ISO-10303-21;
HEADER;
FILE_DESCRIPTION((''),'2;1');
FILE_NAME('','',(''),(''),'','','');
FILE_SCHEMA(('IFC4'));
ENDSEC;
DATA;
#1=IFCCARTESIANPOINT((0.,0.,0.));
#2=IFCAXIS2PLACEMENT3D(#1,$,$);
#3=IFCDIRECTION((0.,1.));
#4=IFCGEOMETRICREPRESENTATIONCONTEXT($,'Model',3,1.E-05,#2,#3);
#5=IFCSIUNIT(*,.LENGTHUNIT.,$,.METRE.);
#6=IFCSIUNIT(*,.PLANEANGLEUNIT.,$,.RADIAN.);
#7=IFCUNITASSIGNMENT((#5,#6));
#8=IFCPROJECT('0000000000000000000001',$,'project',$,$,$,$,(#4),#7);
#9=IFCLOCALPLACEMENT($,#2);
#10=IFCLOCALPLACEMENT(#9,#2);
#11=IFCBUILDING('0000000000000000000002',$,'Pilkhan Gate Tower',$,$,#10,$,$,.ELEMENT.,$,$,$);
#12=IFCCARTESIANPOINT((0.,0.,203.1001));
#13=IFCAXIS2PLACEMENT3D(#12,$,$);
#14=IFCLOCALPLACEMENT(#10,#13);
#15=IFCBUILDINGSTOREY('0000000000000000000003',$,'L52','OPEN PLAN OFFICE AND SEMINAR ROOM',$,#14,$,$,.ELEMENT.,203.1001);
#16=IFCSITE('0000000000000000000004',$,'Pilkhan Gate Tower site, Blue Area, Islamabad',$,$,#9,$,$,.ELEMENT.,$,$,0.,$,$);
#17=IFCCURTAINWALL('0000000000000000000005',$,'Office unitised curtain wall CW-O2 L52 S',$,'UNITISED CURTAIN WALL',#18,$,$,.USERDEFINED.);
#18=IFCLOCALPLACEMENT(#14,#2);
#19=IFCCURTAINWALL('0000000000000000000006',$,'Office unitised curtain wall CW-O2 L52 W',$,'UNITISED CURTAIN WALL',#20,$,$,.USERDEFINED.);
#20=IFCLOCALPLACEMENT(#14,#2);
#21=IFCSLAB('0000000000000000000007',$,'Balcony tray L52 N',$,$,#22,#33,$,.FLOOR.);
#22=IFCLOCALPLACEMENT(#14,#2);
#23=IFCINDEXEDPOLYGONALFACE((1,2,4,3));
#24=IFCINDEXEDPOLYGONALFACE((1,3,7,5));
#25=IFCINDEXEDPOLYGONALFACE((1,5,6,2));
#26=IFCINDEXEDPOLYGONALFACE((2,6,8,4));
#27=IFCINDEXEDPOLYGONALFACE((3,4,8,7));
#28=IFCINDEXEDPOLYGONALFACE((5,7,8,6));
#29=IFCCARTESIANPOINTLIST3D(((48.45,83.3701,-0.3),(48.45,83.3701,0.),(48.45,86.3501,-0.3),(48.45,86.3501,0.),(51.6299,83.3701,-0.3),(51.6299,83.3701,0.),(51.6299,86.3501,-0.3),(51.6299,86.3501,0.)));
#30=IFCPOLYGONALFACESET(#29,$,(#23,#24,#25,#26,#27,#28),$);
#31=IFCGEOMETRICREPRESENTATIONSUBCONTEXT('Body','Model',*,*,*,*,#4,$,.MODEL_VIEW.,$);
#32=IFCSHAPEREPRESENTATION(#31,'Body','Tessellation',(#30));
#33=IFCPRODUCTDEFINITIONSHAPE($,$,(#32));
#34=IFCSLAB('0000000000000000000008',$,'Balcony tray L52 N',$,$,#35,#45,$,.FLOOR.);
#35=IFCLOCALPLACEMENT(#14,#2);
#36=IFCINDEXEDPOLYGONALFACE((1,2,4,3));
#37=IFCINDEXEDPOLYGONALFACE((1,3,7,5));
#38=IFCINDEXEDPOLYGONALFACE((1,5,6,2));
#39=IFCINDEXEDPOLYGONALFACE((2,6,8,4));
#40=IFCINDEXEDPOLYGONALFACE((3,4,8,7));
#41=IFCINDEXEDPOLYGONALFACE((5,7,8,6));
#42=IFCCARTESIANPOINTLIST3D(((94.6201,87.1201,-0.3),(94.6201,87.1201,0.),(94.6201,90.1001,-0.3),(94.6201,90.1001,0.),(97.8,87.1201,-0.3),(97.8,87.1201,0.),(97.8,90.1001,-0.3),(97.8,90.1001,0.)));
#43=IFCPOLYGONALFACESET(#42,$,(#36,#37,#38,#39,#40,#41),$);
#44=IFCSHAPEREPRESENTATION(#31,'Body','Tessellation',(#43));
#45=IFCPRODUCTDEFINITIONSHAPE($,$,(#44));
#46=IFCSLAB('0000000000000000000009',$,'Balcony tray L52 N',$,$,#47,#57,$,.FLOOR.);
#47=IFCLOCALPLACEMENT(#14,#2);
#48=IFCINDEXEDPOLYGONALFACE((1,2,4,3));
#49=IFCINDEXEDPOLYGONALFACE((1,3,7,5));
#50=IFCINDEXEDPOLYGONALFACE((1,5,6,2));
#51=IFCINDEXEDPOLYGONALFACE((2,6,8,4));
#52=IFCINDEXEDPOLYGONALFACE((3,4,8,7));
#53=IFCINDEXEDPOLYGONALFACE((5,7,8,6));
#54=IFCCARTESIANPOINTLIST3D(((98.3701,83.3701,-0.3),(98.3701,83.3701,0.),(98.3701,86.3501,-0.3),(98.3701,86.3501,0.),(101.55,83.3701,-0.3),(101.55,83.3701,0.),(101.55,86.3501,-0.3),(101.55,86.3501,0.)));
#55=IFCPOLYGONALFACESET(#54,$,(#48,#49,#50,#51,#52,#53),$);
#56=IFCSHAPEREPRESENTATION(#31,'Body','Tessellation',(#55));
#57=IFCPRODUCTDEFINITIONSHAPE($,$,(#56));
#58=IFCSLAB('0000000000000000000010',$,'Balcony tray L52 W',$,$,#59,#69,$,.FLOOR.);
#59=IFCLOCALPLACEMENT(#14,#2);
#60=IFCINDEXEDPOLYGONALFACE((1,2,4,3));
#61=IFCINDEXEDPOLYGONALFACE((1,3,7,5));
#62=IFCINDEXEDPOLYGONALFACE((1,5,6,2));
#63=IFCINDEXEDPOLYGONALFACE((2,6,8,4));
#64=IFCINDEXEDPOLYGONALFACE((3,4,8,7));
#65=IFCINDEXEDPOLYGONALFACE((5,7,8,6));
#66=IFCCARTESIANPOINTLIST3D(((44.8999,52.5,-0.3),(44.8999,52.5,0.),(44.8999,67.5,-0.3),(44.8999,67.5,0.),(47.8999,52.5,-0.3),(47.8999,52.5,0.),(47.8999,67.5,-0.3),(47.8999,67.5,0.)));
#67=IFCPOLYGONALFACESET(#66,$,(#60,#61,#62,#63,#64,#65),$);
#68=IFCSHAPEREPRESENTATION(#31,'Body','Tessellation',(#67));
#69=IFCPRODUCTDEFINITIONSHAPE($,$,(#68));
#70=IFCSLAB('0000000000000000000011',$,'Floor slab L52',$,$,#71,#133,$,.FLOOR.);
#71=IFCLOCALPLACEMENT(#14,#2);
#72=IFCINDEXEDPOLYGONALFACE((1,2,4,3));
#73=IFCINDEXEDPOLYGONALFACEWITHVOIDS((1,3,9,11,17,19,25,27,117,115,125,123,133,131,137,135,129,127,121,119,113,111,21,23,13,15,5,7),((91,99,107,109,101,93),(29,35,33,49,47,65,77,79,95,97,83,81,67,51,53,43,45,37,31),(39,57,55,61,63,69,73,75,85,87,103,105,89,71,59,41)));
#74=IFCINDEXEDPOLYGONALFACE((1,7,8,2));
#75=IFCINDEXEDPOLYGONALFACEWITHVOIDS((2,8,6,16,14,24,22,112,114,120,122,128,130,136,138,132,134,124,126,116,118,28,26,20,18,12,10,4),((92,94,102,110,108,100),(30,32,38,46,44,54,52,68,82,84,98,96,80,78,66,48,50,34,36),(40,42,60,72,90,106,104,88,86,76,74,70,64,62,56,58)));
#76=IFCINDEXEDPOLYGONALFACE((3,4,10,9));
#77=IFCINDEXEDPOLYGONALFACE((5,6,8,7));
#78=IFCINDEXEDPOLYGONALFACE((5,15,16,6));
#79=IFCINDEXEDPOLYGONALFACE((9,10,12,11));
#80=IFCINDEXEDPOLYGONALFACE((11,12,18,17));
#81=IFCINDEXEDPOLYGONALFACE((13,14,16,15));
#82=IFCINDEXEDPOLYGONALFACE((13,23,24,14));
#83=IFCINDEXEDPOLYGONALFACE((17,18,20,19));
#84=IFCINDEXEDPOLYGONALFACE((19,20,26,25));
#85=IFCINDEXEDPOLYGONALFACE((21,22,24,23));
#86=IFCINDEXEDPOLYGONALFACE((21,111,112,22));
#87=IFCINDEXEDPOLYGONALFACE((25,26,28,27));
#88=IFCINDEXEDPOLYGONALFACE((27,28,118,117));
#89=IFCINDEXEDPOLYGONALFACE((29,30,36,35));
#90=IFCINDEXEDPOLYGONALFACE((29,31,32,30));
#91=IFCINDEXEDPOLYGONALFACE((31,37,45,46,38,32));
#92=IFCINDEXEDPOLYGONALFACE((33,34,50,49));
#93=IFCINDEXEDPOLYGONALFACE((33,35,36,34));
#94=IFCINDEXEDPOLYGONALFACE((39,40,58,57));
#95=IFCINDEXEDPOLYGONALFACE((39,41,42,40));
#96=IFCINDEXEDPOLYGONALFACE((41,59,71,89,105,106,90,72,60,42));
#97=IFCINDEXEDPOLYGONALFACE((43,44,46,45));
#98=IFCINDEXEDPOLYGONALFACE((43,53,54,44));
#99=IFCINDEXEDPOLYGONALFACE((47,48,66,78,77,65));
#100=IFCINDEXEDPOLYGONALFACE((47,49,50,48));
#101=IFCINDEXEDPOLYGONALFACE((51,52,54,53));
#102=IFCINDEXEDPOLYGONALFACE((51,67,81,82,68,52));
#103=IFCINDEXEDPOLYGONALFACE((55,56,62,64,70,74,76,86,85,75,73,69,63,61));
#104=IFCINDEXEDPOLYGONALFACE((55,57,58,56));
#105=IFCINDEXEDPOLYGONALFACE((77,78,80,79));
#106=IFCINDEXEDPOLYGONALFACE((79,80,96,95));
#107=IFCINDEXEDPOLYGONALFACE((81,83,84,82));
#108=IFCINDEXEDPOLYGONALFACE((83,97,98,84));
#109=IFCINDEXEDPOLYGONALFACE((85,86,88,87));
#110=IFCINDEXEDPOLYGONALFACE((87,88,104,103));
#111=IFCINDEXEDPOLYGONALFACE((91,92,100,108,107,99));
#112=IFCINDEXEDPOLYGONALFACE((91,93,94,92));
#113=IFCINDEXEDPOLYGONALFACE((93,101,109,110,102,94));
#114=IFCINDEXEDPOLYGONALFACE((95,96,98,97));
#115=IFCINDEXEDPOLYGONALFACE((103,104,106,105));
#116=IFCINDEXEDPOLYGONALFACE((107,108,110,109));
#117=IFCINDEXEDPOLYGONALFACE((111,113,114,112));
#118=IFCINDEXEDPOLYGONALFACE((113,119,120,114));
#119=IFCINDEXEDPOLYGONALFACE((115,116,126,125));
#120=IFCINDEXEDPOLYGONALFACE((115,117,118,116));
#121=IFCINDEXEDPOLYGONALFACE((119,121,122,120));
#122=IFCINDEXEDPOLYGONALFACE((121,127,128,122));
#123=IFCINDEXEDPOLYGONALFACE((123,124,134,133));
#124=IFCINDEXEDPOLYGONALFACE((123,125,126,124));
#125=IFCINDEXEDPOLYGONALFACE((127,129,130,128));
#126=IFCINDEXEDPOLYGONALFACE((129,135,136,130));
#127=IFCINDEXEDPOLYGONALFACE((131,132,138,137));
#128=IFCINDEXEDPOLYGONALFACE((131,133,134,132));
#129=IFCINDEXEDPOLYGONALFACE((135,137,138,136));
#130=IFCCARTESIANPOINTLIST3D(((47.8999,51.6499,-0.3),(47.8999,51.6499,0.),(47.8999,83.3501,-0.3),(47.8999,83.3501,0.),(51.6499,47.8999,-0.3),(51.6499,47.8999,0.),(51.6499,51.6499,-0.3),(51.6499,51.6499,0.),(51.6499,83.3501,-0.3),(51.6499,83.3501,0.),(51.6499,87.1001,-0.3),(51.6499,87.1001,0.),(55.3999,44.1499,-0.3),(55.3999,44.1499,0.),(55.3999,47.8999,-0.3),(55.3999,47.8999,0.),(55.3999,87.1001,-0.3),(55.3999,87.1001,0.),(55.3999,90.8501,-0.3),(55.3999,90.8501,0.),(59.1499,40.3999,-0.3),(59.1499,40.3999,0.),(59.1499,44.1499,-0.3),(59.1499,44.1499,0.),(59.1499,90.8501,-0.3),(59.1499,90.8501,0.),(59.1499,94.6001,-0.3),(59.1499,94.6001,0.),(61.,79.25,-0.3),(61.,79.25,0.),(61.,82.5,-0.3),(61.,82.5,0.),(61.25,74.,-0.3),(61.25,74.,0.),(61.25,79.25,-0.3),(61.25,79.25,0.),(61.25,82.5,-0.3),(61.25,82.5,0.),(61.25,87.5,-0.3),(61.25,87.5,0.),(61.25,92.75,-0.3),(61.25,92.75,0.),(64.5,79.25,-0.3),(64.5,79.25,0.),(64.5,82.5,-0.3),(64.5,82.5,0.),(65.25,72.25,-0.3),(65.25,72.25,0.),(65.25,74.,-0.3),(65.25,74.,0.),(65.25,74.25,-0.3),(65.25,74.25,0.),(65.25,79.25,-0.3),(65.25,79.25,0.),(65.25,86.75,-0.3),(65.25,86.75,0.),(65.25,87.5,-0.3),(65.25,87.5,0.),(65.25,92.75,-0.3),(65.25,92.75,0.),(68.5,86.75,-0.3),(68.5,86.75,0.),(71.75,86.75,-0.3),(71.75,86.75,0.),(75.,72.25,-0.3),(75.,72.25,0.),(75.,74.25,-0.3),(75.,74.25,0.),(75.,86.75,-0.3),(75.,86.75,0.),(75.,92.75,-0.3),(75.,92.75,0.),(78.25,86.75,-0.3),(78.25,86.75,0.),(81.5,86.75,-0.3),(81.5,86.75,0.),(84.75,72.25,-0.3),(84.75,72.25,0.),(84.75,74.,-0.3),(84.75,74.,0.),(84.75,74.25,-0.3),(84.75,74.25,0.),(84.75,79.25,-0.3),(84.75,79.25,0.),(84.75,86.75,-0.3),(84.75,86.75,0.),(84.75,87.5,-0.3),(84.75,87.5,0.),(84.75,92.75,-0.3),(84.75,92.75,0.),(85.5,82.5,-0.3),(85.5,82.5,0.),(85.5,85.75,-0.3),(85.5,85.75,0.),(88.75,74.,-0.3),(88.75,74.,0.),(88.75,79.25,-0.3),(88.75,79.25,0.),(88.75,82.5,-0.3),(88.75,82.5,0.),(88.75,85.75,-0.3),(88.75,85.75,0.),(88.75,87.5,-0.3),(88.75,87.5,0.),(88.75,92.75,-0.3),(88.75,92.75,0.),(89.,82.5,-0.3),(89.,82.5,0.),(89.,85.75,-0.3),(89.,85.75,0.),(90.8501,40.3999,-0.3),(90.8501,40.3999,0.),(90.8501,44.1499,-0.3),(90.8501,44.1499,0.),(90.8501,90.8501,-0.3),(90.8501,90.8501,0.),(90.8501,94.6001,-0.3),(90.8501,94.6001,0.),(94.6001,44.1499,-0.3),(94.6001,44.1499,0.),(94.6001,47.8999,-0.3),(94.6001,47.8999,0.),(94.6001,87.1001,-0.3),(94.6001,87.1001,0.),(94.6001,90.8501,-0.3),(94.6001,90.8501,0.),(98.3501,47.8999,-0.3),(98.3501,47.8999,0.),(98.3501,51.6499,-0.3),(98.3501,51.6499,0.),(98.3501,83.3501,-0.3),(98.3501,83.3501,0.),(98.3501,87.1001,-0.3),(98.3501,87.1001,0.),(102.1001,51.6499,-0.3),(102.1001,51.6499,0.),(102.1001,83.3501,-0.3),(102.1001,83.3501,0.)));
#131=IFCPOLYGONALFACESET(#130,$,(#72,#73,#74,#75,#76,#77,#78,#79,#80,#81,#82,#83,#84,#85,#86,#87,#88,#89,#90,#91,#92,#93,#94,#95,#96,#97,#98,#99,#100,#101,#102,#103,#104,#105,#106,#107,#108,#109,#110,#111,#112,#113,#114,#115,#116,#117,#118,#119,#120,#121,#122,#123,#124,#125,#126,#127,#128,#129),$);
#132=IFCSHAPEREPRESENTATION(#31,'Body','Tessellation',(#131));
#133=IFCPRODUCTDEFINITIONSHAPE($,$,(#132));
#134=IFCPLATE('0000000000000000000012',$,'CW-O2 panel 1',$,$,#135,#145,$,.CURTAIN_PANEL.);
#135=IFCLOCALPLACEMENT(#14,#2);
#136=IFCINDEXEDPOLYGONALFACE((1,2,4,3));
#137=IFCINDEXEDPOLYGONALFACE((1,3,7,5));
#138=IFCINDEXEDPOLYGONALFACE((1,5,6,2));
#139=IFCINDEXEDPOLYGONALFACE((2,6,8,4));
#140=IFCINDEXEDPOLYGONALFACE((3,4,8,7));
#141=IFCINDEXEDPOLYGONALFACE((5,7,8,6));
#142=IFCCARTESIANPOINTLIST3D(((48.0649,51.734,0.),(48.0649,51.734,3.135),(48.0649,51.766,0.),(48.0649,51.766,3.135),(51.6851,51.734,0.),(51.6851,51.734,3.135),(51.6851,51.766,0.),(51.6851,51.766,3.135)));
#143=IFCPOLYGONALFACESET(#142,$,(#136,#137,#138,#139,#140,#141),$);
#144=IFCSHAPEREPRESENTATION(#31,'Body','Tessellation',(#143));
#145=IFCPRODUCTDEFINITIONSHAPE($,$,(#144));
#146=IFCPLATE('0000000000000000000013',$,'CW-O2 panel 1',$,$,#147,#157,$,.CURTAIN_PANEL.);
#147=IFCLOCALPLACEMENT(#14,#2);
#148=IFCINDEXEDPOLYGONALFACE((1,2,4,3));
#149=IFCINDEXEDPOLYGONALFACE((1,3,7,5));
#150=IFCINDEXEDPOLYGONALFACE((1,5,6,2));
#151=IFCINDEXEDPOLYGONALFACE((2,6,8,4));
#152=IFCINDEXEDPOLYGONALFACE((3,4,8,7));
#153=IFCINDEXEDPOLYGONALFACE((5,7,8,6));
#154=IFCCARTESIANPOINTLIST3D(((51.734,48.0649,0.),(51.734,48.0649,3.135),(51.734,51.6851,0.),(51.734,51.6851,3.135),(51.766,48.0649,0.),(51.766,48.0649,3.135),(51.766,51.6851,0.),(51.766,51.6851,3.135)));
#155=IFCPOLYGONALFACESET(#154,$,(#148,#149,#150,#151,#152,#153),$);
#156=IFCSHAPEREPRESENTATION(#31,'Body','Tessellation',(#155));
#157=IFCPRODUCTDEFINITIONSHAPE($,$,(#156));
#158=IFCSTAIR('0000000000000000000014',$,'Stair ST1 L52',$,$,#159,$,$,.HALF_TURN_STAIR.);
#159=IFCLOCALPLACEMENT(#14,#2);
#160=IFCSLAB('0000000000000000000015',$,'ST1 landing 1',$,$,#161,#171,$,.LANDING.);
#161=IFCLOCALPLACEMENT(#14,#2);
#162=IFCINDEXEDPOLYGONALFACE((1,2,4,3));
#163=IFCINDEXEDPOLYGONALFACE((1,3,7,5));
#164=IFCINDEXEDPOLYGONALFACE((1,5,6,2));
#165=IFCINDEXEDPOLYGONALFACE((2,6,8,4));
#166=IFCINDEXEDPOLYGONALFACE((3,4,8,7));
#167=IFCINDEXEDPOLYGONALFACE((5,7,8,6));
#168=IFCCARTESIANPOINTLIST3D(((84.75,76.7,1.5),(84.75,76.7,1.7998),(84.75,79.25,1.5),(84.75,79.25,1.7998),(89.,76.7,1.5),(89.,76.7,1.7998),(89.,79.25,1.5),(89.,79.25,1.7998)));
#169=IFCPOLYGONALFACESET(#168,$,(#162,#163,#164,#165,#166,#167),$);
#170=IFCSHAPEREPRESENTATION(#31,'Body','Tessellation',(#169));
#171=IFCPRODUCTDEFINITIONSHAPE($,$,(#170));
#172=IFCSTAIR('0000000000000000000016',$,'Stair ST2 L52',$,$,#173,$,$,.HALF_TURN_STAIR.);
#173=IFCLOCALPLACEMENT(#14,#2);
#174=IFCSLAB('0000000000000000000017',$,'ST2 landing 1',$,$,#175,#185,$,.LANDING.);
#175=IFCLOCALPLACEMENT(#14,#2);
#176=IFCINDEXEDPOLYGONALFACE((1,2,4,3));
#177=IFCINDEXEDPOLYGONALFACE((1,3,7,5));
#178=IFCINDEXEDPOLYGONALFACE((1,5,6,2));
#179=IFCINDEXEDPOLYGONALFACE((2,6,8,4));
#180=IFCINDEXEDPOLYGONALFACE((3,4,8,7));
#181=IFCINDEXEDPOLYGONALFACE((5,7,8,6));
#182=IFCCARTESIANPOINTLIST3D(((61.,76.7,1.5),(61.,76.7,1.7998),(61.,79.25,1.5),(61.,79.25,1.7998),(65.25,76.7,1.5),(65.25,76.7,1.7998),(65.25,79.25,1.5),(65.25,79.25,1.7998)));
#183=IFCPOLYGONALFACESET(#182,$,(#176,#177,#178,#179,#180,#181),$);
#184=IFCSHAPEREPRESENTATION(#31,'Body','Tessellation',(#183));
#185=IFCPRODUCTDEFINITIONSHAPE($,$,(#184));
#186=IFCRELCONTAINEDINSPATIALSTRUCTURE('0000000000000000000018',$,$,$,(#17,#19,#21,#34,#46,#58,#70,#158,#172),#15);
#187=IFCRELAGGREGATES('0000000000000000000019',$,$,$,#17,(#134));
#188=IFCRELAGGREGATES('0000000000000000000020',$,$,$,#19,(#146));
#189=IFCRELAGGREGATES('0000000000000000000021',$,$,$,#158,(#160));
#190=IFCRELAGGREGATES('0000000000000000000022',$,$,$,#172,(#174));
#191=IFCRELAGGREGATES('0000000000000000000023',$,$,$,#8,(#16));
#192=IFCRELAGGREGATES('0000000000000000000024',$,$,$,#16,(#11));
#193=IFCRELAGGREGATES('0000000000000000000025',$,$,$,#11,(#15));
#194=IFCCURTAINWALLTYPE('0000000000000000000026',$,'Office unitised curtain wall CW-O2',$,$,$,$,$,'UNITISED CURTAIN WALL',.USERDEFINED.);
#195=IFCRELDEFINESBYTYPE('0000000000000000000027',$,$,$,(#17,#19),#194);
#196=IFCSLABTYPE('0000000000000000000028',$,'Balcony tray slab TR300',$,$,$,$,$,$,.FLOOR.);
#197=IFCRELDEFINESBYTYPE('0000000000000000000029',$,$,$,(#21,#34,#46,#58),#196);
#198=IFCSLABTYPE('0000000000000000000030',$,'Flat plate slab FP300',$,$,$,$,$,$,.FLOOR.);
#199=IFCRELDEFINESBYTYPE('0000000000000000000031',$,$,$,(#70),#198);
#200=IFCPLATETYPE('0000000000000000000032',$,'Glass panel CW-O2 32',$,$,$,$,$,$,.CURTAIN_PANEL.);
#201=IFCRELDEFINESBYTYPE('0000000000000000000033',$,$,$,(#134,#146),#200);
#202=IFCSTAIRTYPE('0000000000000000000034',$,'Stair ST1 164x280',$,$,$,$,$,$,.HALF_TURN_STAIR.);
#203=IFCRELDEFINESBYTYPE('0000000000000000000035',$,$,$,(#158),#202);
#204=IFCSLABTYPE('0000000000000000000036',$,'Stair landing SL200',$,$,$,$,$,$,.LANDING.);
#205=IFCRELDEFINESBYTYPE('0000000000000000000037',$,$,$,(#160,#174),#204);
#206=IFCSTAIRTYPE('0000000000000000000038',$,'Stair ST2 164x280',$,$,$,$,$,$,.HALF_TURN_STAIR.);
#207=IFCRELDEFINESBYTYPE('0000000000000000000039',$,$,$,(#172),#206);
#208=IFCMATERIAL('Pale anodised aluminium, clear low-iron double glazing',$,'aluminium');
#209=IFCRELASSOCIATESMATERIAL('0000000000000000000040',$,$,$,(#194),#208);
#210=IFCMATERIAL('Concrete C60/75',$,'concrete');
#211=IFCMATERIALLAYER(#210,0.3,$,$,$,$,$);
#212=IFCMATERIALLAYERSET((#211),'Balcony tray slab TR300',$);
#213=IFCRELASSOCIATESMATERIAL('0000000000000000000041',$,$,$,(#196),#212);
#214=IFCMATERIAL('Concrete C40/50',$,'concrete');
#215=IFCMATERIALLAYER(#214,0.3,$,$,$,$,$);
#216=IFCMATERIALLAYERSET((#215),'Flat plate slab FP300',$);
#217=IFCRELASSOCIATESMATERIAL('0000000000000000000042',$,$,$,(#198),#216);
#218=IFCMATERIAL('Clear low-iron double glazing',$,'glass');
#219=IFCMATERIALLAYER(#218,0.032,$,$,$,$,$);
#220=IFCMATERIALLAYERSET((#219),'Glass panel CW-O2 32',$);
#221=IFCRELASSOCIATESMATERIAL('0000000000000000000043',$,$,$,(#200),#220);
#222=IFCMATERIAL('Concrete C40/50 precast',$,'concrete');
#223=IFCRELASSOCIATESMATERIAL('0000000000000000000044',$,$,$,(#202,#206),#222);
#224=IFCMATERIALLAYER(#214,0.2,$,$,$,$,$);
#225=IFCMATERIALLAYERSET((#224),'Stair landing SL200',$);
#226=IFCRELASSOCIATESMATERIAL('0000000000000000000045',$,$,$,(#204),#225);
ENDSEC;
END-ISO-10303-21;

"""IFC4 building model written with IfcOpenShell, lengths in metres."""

from ifc_helpers import new_model, si_unit, direction, frame, origin, origin_2d, place, context, subcontext, project, spatial, polyline, rectangle, outline, extrude, material, layer, layer_set, type_object, element, aggregate, save


model = new_model("IFC4")

# Units and contexts
model_context = context("Model", 3, precision=1e-05, world=origin(), true_north=direction((0.0, 1.0)))
body_context = subcontext(model_context, "Body", "Model", "MODEL_VIEW")
ifc_project = project(units=[si_unit("LENGTHUNIT", "METRE"), si_unit("PLANEANGLEUNIT", "RADIAN")], contexts=[model_context])

# Site, building, storey
site_placement = place(None, origin())
site = spatial("IfcSite", under=ifc_project, at=site_placement, Name="Pilkhan Gate Tower site, Blue Area, Islamabad", CompositionType="ELEMENT", RefElevation=0.0)
building_placement = place(site_placement, origin())
building = spatial("IfcBuilding", under=site, at=building_placement, Name="Pilkhan Gate Tower", CompositionType="ELEMENT")
storey_placement = place(building_placement, frame((0.0, 0.0, 203.1001)))
storey = spatial("IfcBuildingStorey", under=building, at=storey_placement, Name="L52", Description="OPEN PLAN OFFICE AND SEMINAR ROOM", CompositionType="ELEMENT", Elevation=203.1001)

# Shared definitions
ifc_material_1 = material(Name="Pale anodised aluminium, clear low-iron double glazing", Category="aluminium")
curtain_wall_type = type_object("IfcCurtainWallType", Name="Office unitised curtain wall CW-O2", ElementType="UNITISED CURTAIN WALL", PredefinedType="USERDEFINED", material=ifc_material_1)

# Curtain walls
curtain_wall_1_placement = place(storey_placement, origin())
curtain_wall_1 = element("IfcCurtainWall", 1, at=curtain_wall_1_placement, inside=storey, type_object=curtain_wall_type, Name="Office unitised curtain wall CW-O2 L52 S", ObjectType="UNITISED CURTAIN WALL", PredefinedType="USERDEFINED")
curtain_wall_2_placement = place(storey_placement, origin())
curtain_wall_2 = element("IfcCurtainWall", 2, at=curtain_wall_2_placement, inside=storey, type_object=curtain_wall_type, Name="Office unitised curtain wall CW-O2 L52 W", ObjectType="UNITISED CURTAIN WALL", PredefinedType="USERDEFINED")

# Slabs
ifc_material_2 = material(Name="Concrete C60/75", Category="concrete")
ifc_layer_1 = layer(ifc_material_2, 0.3)
ifc_layer_set_1 = layer_set([ifc_layer_1], Name="Balcony tray slab TR300")
slab_type_1 = type_object("IfcSlabType", Name="Balcony tray slab TR300", PredefinedType="FLOOR", material=ifc_layer_set_1)
slab_1_placement = place(storey_placement, frame((0.0, 0.0, -0.3)))
element("IfcSlab", 3, at=slab_1_placement, inside=storey, type_object=slab_type_1, Name="Balcony tray L52 N", PredefinedType="FLOOR", context=body_context, shape_type="SweptSolid", body=[
    extrude(outline(polyline([(51.6299, 83.3701), (51.6299, 86.3501), (48.45, 86.3501), (48.45, 83.3701), (51.6299, 83.3701)])), origin(), (0.0, 0.0, 1.0), 0.3),
])
slab_2_placement = place(storey_placement, frame((0.0, 0.0, -0.3)))
element("IfcSlab", 4, at=slab_2_placement, inside=storey, type_object=slab_type_1, Name="Balcony tray L52 N", PredefinedType="FLOOR", context=body_context, shape_type="SweptSolid", body=[
    extrude(outline(polyline([(97.8, 87.1201), (97.8, 90.1001), (94.6201, 90.1001), (94.6201, 87.1201), (97.8, 87.1201)])), origin(), (0.0, 0.0, 1.0), 0.3),
])
slab_3_placement = place(storey_placement, frame((0.0, 0.0, -0.3)))
element("IfcSlab", 5, at=slab_3_placement, inside=storey, type_object=slab_type_1, Name="Balcony tray L52 N", PredefinedType="FLOOR", context=body_context, shape_type="SweptSolid", body=[
    extrude(outline(polyline([(101.55, 83.3701), (101.55, 86.3501), (98.3701, 86.3501), (98.3701, 83.3701), (101.55, 83.3701)])), origin(), (0.0, 0.0, 1.0), 0.3),
])
slab_4_placement = place(storey_placement, frame((0.0, 0.0, -0.3)))
element("IfcSlab", 6, at=slab_4_placement, inside=storey, type_object=slab_type_1, Name="Balcony tray L52 W", PredefinedType="FLOOR", context=body_context, shape_type="SweptSolid", body=[
    extrude(outline(polyline([(47.8999, 52.5), (47.8999, 67.5), (44.8999, 67.5), (44.8999, 52.5), (47.8999, 52.5)])), origin(), (0.0, 0.0, 1.0), 0.3),
])
ifc_material_3 = material(Name="Concrete C40/50", Category="concrete")
ifc_layer_2 = layer(ifc_material_3, 0.3)
ifc_layer_set_2 = layer_set([ifc_layer_2], Name="Flat plate slab FP300")
slab_type_2 = type_object("IfcSlabType", Name="Flat plate slab FP300", PredefinedType="FLOOR", material=ifc_layer_set_2)
slab_5_placement = place(storey_placement, frame((0.0, 0.0, -0.3)))
element("IfcSlab", 7, at=slab_5_placement, inside=storey, type_object=slab_type_2, Name="Floor slab L52", PredefinedType="FLOOR", context=body_context, shape_type="SweptSolid", body=[
    extrude(outline(polyline([(98.3501, 47.8999), (94.6001, 47.8999), (94.6001, 44.1499), (90.8501, 44.1499), (90.8501, 40.3999), (59.1499, 40.3999), (59.1499, 44.1499), (55.3999, 44.1499), (55.3999, 47.8999), (51.6499, 47.8999), (51.6499, 51.6499), (47.8999, 51.6499), (47.8999, 83.3501), (51.6499, 83.3501), (51.6499, 87.1001), (55.3999, 87.1001), (55.3999, 90.8501), (59.1499, 90.8501), (59.1499, 94.6001), (90.8501, 94.6001), (90.8501, 90.8501), (94.6001, 90.8501), (94.6001, 87.1001), (98.3501, 87.1001), (98.3501, 83.3501), (102.1001, 83.3501), (102.1001, 51.6499), (98.3501, 51.6499), (98.3501, 47.8999)]), holes=[polyline([(75.0, 72.25), (84.75, 72.25), (84.75, 74.0), (88.75, 74.0), (88.75, 79.25), (84.75, 79.25), (84.75, 74.25), (75.0, 74.25), (65.25, 74.25), (65.25, 79.25), (64.5, 79.25), (64.5, 82.5), (61.25, 82.5), (61.0, 82.5), (61.0, 79.25), (61.25, 79.25), (61.25, 74.0), (65.25, 74.0), (65.25, 72.25), (75.0, 72.25)]), polyline([(68.5, 86.75), (71.75, 86.75), (75.0, 86.75), (78.25, 86.75), (81.5, 86.75), (84.75, 86.75), (84.75, 87.5), (88.75, 87.5), (88.75, 92.75), (84.75, 92.75), (75.0, 92.75), (65.25, 92.75), (61.25, 92.75), (61.25, 87.5), (65.25, 87.5), (65.25, 86.75), (68.5, 86.75)]), polyline([(85.5, 85.75), (85.5, 82.5), (88.75, 82.5), (89.0, 82.5), (89.0, 85.75), (88.75, 85.75), (85.5, 85.75)])]), origin(), (0.0, 0.0, 1.0), 0.3),
])

# Plates
ifc_material_4 = material(Name="Clear low-iron double glazing", Category="glass")
ifc_layer_3 = layer(ifc_material_4, 0.032)
ifc_layer_set_3 = layer_set([ifc_layer_3], Name="Glass panel CW-O2 32")
plate_type = type_object("IfcPlateType", Name="Glass panel CW-O2 32", PredefinedType="CURTAIN_PANEL", material=ifc_layer_set_3)
plate_1_placement = place(storey_placement, frame((49.875, 51.75, 0.0), z_axis=(0.0, 0.0, 1.0), x_axis=(1.0, 0.0, 0.0)))
plate_1 = element("IfcPlate", 8, at=plate_1_placement, type_object=plate_type, Name="CW-O2 panel 1", PredefinedType="CURTAIN_PANEL", context=body_context, shape_type="SweptSolid", body=[
    extrude(rectangle(XDim=3.6201, YDim=0.032, at=origin_2d()), origin(), (0.0, 0.0, 1.0), 3.135),
])
aggregate(curtain_wall_1, [plate_1])
plate_2_placement = place(storey_placement, frame((51.75, 49.875, 0.0), z_axis=(0.0, 0.0, 1.0), x_axis=(0.0, 1.0, 0.0)))
plate_2 = element("IfcPlate", 9, at=plate_2_placement, type_object=plate_type, Name="CW-O2 panel 1", PredefinedType="CURTAIN_PANEL", context=body_context, shape_type="SweptSolid", body=[
    extrude(rectangle(XDim=3.6201, YDim=0.032, at=origin_2d()), origin(), (0.0, 0.0, 1.0), 3.135),
])
aggregate(curtain_wall_2, [plate_2])

# Stairs, slabs
ifc_material_5 = material(Name="Concrete C40/50 precast", Category="concrete")
stair_type_1 = type_object("IfcStairType", Name="Stair ST1 164x280", PredefinedType="HALF_TURN_STAIR", material=ifc_material_5)
stair_1_placement = place(storey_placement, origin())
stair_1 = element("IfcStair", 10, at=stair_1_placement, inside=storey, type_object=stair_type_1, Name="Stair ST1 L52", PredefinedType="HALF_TURN_STAIR")
ifc_layer_4 = layer(ifc_material_3, 0.2)
ifc_layer_set_4 = layer_set([ifc_layer_4], Name="Stair landing SL200")
slab_type_3 = type_object("IfcSlabType", Name="Stair landing SL200", PredefinedType="LANDING", material=ifc_layer_set_4)
slab_6_placement = place(storey_placement, frame((0.0, 0.0, 1.5)))
slab_6 = element("IfcSlab", 11, at=slab_6_placement, type_object=slab_type_3, Name="ST1 landing 1", PredefinedType="LANDING", context=body_context, shape_type="SweptSolid", body=[
    extrude(outline(polyline([(89.0, 76.7), (89.0, 79.25), (84.75, 79.25), (84.75, 76.7), (89.0, 76.7)])), origin(), (0.0, 0.0, 1.0), 0.2998),
])
aggregate(stair_1, [slab_6])
stair_type_2 = type_object("IfcStairType", Name="Stair ST2 164x280", PredefinedType="HALF_TURN_STAIR", material=ifc_material_5)
stair_2_placement = place(storey_placement, origin())
stair_2 = element("IfcStair", 12, at=stair_2_placement, inside=storey, type_object=stair_type_2, Name="Stair ST2 L52", PredefinedType="HALF_TURN_STAIR")
slab_7_placement = place(storey_placement, frame((0.0, 0.0, 1.5)))
slab_7 = element("IfcSlab", 13, at=slab_7_placement, type_object=slab_type_3, Name="ST2 landing 1", PredefinedType="LANDING", context=body_context, shape_type="SweptSolid", body=[
    extrude(outline(polyline([(65.25, 76.7), (65.25, 79.25), (61.0, 79.25), (61.0, 76.7), (65.25, 76.7)])), origin(), (0.0, 0.0, 1.0), 0.2998),
])
aggregate(stair_2, [slab_7])

save(model, "model.ifc")
